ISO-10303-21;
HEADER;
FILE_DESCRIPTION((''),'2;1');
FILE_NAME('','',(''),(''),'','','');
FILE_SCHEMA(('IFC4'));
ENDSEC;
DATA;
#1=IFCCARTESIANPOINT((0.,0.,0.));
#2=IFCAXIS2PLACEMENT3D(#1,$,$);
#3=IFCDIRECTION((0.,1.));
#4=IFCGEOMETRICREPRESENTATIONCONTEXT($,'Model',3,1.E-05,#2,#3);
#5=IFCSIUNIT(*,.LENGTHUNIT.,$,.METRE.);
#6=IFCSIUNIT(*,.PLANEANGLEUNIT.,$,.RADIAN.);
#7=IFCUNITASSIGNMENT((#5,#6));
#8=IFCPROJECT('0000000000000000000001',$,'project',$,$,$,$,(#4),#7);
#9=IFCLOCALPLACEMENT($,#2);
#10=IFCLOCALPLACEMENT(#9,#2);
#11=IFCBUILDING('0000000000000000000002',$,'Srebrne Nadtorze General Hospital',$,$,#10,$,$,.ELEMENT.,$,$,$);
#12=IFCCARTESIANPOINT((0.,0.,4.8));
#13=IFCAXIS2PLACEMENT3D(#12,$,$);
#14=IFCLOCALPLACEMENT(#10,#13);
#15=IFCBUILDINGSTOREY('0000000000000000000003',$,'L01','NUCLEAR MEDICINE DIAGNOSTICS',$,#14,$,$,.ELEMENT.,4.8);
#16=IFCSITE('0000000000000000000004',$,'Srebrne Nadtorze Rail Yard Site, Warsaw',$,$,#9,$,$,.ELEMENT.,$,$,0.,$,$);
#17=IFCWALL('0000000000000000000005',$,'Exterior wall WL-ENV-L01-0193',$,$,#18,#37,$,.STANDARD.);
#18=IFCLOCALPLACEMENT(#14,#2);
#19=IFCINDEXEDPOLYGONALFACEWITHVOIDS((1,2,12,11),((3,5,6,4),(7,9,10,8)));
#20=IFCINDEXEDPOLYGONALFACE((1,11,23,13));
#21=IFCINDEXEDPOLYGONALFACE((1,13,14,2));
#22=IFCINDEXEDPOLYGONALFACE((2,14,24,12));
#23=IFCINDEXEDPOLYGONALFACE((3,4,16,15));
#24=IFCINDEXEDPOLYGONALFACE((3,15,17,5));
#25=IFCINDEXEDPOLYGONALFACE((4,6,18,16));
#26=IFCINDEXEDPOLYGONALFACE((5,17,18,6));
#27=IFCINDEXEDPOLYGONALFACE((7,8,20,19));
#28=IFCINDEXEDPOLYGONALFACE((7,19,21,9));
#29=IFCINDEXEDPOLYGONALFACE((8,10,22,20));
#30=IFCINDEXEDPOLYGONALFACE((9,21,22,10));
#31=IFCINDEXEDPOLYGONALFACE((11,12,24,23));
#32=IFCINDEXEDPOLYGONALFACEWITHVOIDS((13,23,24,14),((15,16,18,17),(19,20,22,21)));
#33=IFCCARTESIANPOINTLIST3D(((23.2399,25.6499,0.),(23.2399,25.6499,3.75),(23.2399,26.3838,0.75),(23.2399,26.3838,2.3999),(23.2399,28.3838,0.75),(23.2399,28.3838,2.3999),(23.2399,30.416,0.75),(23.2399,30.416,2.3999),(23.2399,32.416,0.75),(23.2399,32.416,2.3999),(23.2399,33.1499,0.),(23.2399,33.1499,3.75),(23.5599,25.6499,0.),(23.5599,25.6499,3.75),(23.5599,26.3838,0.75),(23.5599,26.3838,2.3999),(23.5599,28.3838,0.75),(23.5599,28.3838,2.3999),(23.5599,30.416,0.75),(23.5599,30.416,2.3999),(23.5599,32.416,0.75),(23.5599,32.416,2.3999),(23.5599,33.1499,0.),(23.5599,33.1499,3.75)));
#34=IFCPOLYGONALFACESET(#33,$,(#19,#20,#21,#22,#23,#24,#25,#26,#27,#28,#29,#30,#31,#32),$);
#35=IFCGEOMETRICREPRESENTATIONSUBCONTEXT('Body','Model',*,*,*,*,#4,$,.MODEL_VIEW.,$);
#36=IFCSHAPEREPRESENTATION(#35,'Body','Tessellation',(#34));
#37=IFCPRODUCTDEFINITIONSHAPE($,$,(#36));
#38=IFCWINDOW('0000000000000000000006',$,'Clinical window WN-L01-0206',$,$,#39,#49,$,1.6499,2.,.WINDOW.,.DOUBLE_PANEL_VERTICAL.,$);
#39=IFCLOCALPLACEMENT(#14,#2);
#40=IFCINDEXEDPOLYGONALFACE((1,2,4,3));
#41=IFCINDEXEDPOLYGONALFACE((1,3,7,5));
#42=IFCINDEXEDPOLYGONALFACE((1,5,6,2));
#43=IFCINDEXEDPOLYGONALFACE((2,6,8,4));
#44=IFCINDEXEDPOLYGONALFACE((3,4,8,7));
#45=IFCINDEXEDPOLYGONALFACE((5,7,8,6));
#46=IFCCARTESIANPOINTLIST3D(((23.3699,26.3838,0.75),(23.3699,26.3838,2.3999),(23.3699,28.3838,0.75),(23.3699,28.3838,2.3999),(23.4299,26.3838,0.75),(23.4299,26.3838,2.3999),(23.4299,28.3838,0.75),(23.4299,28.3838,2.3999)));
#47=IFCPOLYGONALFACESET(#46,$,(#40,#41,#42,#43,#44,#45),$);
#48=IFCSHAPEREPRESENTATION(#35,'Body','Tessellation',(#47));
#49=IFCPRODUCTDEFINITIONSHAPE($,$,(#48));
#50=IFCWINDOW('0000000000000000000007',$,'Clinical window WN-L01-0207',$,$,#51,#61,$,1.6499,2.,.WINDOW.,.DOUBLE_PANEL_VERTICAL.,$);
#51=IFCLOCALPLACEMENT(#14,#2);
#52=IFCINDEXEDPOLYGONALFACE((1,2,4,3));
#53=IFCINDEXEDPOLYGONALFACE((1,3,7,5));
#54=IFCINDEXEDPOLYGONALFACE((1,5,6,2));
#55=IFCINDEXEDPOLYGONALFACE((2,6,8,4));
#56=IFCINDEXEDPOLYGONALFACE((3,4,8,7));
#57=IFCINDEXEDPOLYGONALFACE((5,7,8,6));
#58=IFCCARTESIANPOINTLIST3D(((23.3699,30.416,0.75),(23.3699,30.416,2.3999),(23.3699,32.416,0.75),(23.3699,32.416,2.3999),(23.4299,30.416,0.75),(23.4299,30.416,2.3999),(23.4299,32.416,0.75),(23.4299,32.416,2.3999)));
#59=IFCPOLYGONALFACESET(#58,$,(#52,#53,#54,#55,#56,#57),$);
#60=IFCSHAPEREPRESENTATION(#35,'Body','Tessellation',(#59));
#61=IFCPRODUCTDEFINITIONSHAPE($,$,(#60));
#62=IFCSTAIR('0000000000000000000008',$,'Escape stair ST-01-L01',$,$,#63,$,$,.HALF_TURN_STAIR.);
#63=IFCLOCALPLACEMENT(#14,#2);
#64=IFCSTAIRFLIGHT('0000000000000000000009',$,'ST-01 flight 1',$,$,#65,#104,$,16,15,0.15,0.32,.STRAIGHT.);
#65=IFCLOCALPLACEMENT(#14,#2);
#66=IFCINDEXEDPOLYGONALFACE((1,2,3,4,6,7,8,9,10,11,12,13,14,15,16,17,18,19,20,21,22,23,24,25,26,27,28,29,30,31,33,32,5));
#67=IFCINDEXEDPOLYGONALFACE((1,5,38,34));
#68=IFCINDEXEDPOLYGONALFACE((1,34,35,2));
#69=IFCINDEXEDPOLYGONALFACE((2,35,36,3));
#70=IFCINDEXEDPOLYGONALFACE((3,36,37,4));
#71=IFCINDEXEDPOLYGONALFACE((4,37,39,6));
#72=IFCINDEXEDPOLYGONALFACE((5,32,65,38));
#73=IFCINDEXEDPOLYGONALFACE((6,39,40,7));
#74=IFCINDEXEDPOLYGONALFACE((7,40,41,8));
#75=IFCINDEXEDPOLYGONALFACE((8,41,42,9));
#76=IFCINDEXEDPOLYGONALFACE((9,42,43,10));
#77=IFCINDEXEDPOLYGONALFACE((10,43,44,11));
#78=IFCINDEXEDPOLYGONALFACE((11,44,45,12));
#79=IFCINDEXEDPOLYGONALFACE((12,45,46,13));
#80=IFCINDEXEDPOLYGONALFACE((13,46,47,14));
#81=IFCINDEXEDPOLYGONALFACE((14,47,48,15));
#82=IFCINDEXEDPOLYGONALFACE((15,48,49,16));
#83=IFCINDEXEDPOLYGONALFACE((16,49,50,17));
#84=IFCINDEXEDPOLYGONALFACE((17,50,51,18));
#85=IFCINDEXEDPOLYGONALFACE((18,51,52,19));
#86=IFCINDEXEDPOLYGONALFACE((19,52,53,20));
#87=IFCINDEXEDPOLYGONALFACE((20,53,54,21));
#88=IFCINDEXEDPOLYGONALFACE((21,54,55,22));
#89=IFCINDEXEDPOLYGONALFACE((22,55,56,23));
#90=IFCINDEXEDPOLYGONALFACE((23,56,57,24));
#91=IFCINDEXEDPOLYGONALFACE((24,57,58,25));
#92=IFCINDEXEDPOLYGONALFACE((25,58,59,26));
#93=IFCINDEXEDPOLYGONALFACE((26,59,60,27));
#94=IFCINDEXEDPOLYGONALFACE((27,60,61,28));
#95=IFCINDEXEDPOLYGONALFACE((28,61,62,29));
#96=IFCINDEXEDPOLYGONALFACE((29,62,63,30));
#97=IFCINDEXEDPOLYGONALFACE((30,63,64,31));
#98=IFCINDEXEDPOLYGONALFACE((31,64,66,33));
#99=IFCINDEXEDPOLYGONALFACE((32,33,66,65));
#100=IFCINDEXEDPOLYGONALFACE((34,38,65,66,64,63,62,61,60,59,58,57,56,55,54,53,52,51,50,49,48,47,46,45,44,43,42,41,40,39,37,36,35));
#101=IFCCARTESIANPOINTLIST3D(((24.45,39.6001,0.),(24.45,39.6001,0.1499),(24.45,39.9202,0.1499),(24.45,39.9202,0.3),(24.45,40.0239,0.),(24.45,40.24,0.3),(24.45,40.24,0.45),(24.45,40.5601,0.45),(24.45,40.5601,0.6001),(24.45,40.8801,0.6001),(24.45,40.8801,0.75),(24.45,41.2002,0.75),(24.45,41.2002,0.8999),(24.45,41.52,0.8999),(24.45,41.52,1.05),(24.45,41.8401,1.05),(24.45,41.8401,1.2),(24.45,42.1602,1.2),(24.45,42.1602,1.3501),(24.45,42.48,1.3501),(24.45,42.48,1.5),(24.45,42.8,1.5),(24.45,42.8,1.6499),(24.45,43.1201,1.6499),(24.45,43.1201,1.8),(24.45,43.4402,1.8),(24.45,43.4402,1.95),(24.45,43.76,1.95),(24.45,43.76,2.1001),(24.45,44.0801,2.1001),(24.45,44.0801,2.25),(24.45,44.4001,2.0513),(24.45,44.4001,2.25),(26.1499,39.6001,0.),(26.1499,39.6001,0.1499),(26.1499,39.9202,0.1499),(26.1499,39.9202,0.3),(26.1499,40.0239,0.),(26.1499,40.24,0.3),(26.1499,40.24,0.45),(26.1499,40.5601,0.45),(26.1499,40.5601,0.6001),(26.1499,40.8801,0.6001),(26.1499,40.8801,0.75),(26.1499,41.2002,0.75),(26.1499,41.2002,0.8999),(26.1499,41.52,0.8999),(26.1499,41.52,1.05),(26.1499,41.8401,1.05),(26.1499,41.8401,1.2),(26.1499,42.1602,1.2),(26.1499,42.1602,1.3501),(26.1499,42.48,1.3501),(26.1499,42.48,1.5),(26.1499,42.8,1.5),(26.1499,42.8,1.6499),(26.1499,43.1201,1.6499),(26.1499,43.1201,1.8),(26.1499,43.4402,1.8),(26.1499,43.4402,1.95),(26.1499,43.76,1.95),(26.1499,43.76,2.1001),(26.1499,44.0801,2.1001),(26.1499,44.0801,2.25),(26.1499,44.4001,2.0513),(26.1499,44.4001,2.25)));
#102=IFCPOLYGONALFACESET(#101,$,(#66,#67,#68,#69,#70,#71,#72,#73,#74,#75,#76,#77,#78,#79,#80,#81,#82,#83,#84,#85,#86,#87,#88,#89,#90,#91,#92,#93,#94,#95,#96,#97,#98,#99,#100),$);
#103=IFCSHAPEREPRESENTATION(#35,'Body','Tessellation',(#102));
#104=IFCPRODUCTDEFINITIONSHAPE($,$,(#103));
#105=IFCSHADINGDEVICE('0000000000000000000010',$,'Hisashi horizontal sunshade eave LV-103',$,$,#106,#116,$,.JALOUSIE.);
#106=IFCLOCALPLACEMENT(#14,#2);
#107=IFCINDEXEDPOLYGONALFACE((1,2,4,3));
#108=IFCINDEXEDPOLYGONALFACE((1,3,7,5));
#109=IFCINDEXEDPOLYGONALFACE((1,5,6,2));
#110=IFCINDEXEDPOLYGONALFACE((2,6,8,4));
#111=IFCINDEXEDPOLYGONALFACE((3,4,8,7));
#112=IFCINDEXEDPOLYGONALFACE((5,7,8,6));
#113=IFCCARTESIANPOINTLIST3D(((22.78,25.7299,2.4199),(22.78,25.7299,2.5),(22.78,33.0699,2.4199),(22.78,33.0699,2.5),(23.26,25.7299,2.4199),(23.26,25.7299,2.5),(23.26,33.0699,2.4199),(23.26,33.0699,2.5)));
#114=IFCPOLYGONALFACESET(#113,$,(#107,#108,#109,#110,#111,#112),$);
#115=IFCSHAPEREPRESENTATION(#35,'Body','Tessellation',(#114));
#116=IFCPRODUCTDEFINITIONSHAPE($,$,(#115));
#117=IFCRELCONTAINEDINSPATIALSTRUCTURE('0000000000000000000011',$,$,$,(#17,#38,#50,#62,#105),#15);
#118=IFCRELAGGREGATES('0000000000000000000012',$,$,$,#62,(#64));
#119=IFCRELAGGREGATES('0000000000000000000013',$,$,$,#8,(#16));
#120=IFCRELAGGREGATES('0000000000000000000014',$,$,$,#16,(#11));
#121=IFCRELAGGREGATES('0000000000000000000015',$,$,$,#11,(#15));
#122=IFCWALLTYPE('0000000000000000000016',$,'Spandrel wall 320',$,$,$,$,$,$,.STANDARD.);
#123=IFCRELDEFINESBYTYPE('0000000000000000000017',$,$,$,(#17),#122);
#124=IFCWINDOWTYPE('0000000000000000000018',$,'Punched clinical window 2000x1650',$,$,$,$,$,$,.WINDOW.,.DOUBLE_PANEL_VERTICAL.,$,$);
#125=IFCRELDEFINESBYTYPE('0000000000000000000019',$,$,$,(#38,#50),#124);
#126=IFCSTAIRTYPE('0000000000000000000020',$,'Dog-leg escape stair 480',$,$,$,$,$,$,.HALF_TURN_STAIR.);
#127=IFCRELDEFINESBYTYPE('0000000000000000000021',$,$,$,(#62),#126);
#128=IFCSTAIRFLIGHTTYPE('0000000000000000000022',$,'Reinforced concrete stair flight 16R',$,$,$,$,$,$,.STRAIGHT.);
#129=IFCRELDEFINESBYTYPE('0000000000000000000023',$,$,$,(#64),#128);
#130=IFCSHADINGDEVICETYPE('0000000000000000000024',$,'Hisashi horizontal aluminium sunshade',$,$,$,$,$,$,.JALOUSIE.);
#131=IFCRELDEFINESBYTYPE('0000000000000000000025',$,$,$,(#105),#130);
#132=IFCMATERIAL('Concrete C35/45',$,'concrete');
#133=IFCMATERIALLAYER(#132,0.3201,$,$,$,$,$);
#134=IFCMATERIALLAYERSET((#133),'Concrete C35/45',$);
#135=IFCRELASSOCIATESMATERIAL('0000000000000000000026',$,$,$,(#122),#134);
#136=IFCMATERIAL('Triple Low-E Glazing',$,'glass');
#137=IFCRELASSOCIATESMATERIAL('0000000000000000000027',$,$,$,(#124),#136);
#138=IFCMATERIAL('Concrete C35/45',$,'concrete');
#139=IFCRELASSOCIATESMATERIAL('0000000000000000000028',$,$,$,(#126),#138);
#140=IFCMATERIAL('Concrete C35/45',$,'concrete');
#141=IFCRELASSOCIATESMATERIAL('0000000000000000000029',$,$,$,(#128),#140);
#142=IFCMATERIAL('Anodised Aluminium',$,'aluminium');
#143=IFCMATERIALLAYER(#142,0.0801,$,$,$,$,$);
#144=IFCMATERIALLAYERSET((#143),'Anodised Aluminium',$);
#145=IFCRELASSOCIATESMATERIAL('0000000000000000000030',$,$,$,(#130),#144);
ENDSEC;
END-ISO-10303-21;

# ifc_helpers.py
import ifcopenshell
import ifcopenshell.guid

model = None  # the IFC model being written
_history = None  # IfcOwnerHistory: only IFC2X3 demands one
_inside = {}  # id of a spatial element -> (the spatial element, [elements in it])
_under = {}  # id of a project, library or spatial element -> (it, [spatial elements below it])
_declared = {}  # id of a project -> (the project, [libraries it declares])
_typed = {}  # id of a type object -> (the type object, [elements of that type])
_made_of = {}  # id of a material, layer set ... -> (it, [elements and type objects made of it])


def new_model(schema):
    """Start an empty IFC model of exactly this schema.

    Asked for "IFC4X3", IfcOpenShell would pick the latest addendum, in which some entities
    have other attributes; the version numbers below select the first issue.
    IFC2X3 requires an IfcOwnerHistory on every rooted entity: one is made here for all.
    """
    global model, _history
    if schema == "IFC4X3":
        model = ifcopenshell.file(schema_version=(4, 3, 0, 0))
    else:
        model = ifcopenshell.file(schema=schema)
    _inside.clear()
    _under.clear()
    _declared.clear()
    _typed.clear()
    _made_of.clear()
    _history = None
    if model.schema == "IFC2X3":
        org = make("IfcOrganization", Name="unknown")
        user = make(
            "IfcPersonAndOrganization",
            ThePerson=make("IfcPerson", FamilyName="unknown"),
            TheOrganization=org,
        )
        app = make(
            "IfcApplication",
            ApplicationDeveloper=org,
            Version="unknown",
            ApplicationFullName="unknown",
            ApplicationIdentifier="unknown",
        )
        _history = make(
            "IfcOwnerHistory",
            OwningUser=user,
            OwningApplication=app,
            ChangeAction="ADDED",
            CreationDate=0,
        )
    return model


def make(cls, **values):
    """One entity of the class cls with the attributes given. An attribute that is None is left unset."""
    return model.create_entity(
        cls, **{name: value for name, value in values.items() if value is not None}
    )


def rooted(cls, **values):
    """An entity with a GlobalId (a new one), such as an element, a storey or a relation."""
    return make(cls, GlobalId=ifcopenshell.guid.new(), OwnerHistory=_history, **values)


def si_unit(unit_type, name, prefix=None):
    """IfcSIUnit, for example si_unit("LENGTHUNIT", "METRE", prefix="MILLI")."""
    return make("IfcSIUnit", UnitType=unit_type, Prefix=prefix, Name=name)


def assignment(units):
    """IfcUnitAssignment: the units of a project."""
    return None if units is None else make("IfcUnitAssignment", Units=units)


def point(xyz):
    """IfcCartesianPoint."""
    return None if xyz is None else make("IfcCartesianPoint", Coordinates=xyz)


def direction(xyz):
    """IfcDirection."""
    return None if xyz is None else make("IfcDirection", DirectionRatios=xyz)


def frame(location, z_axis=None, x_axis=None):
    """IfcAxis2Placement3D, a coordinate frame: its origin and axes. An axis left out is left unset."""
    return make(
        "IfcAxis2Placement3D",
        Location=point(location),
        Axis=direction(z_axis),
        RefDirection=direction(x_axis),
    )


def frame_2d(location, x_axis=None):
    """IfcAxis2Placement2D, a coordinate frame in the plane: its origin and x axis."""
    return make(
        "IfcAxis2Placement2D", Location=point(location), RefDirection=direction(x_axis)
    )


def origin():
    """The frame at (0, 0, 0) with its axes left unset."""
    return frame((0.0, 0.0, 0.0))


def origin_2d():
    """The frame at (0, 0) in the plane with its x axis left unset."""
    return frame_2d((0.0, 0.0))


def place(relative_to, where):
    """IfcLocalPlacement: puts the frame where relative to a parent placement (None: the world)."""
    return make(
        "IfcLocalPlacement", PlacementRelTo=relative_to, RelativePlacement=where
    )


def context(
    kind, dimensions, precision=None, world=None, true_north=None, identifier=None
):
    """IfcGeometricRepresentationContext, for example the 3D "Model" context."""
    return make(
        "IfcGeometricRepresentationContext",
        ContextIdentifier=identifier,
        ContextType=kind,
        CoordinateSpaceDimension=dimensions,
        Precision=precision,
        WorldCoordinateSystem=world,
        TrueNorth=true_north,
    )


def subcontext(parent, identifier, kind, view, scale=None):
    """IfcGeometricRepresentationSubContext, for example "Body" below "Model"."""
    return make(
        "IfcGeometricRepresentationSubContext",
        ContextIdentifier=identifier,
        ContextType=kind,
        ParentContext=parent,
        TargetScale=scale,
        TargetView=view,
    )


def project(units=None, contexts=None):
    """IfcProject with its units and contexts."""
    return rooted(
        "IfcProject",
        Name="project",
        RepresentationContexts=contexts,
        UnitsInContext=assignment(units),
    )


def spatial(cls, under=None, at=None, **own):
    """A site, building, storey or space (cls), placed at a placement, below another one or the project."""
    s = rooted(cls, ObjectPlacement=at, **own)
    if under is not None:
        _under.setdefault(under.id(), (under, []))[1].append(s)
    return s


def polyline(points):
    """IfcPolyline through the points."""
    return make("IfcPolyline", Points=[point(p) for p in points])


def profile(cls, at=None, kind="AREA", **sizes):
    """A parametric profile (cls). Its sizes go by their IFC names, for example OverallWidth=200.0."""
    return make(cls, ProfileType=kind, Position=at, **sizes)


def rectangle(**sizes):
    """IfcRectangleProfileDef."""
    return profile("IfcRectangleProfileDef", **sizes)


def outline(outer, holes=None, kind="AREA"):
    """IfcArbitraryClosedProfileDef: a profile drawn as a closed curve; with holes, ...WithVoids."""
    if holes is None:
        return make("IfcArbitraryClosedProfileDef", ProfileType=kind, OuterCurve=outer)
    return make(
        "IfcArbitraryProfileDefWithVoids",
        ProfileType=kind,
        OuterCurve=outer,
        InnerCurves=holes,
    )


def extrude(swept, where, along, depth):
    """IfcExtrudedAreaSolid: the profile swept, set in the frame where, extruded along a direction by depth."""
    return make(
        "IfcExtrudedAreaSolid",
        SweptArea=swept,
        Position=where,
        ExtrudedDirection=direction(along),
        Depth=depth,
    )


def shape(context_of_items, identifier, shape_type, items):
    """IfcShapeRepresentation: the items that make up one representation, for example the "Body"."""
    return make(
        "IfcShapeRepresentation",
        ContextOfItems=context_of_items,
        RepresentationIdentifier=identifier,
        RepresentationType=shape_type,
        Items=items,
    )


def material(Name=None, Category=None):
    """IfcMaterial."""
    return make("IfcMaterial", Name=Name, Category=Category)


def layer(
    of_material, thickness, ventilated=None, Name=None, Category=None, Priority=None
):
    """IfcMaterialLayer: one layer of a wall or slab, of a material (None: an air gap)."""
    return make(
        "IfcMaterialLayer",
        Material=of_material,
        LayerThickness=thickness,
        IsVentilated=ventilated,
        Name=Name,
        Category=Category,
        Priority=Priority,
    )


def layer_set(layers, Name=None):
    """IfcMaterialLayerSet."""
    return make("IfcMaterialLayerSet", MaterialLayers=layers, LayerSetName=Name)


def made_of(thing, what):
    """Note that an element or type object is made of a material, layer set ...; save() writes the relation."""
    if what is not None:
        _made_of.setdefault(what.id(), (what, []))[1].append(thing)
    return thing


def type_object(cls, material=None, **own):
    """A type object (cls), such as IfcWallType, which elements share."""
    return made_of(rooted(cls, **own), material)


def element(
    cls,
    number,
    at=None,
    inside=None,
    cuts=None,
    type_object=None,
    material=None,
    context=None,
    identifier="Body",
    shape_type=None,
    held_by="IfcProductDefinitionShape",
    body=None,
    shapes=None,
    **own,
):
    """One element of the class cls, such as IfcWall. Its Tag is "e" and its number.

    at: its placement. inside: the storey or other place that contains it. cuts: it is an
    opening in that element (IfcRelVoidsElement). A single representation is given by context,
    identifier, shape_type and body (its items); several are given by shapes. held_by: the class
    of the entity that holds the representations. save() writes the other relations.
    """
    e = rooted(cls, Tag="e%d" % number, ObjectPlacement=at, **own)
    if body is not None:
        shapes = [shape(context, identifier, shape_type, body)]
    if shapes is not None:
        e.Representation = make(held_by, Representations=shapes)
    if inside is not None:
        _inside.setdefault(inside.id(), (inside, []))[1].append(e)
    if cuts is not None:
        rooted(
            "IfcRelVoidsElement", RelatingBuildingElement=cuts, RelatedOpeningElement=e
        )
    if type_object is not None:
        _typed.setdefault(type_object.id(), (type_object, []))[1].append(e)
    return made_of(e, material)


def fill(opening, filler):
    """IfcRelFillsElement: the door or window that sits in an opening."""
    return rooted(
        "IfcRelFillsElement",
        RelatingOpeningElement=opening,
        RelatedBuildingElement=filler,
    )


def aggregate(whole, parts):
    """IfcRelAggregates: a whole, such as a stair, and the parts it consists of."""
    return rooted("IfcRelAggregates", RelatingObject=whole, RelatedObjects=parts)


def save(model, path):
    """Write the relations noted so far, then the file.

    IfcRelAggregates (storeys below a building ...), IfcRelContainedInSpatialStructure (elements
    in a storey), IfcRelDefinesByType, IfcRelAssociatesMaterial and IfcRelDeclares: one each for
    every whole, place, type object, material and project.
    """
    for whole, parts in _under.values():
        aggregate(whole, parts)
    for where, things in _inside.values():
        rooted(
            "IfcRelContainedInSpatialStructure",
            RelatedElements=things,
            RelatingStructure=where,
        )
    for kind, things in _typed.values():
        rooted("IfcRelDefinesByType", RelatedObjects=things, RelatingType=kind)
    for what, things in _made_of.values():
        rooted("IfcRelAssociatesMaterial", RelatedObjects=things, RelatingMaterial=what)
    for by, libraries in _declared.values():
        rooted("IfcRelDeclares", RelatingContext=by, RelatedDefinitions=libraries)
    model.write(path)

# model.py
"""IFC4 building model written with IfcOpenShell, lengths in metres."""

from ifc_helpers import new_model, si_unit, direction, frame, frame_2d, origin, origin_2d, place, context, subcontext, project, spatial, polyline, rectangle, outline, extrude, material, layer, layer_set, type_object, element, fill, aggregate, save


model = new_model("IFC4")

# Units and contexts
model_context = context("Model", 3, precision=1e-05, world=origin(), true_north=direction((0.0, 1.0)))
body_context = subcontext(model_context, "Body", "Model", "MODEL_VIEW")
ifc_project = project(units=[si_unit("LENGTHUNIT", "METRE"), si_unit("PLANEANGLEUNIT", "RADIAN")], contexts=[model_context])

# Site, building, storey
site_placement = place(None, origin())
site = spatial("IfcSite", under=ifc_project, at=site_placement, Name="Srebrne Nadtorze Rail Yard Site, Warsaw", CompositionType="ELEMENT", RefElevation=0.0)
building_placement = place(site_placement, origin())
building = spatial("IfcBuilding", under=site, at=building_placement, Name="Srebrne Nadtorze General Hospital", CompositionType="ELEMENT")
storey_placement = place(building_placement, frame((0.0, 0.0, 4.8)))
storey = spatial("IfcBuildingStorey", under=building, at=storey_placement, Name="L01", Description="NUCLEAR MEDICINE DIAGNOSTICS", CompositionType="ELEMENT", Elevation=4.8)

# Wall, openings, windows
ifc_material_1 = material(Name="Concrete C35/45", Category="concrete")
ifc_layer_1 = layer(ifc_material_1, 0.3201)
ifc_layer_set_1 = layer_set([ifc_layer_1], Name="Concrete C35/45")
wall_type_1 = type_object("IfcWallType", Name="Spandrel wall 320", PredefinedType="STANDARD", material=ifc_layer_set_1)
wall_1_placement = place(storey_placement, frame((23.3999, 25.6499, 0.0), z_axis=(0.0, 0.0, 1.0), x_axis=(0.0, 1.0, 0.0)))
wall_1 = element("IfcWall", 1, at=wall_1_placement, inside=storey, type_object=wall_type_1, Name="Exterior wall WL-ENV-L01-0193", PredefinedType="STANDARD", context=body_context, shape_type="SweptSolid", body=[
    extrude(rectangle(XDim=7.5, YDim=0.3201, at=frame_2d((3.75, 0.0))), origin(), (0.0, 0.0, 1.0), 3.75),
])
opening_1_placement = place(wall_1_placement, frame((0.7339, 0.0, 0.75)))
opening_1 = element("IfcOpeningElement", 2, at=opening_1_placement, cuts=wall_1, PredefinedType="OPENING", context=body_context, shape_type="SweptSolid", body=[
    extrude(rectangle(XDim=2.0, YDim=1.6499, at=frame_2d((1.0, 0.825))), frame((0.0, 0.1719, 0.0), z_axis=(0.0, -1.0, 0.0), x_axis=(1.0, 0.0, 0.0)), (0.0, 0.0, 1.0), 0.344),
])
opening_2_placement = place(wall_1_placement, frame((4.7661, 0.0, 0.75)))
opening_2 = element("IfcOpeningElement", 3, at=opening_2_placement, cuts=wall_1, PredefinedType="OPENING", context=body_context, shape_type="SweptSolid", body=[
    extrude(rectangle(XDim=2.0, YDim=1.6499, at=frame_2d((1.0, 0.825))), frame((0.0, 0.1719, 0.0), z_axis=(0.0, -1.0, 0.0), x_axis=(1.0, 0.0, 0.0)), (0.0, 0.0, 1.0), 0.344),
])
ifc_material_2 = material(Name="Triple Low-E Glazing", Category="glass")
window_type = type_object("IfcWindowType", Name="Punched clinical window 2000x1650", PartitioningType="DOUBLE_PANEL_VERTICAL", PredefinedType="WINDOW", material=ifc_material_2)
window_1_placement = place(opening_1_placement, origin())
window_1 = element("IfcWindow", 4, at=window_1_placement, inside=storey, type_object=window_type, Name="Clinical window WN-L01-0206", OverallHeight=1.6499, OverallWidth=2.0, PartitioningType="DOUBLE_PANEL_VERTICAL", PredefinedType="WINDOW", context=body_context, shape_type="SweptSolid", body=[
    extrude(rectangle(XDim=2.0, YDim=1.6499, at=frame_2d((1.0, 0.825))), frame((0.0, 0.03, 0.0), z_axis=(0.0, -1.0, 0.0), x_axis=(1.0, 0.0, 0.0)), (0.0, 0.0, 1.0), 0.0601),
])
fill(opening_1, window_1)
window_2_placement = place(opening_2_placement, origin())
window_2 = element("IfcWindow", 5, at=window_2_placement, inside=storey, type_object=window_type, Name="Clinical window WN-L01-0207", OverallHeight=1.6499, OverallWidth=2.0, PartitioningType="DOUBLE_PANEL_VERTICAL", PredefinedType="WINDOW", context=body_context, shape_type="SweptSolid", body=[
    extrude(rectangle(XDim=2.0, YDim=1.6499, at=frame_2d((1.0, 0.825))), frame((0.0, 0.03, 0.0), z_axis=(0.0, -1.0, 0.0), x_axis=(1.0, 0.0, 0.0)), (0.0, 0.0, 1.0), 0.0601),
])
fill(opening_2, window_2)

# Stair, stair flight
ifc_material_3 = material(Name="Concrete C35/45", Category="concrete")
stair_type = type_object("IfcStairType", Name="Dog-leg escape stair 480", PredefinedType="HALF_TURN_STAIR", material=ifc_material_3)
stair_placement = place(storey_placement, origin())
stair = element("IfcStair", 6, at=stair_placement, inside=storey, type_object=stair_type, Name="Escape stair ST-01-L01", PredefinedType="HALF_TURN_STAIR")
ifc_material_4 = material(Name="Concrete C35/45", Category="concrete")
stair_flight_type = type_object("IfcStairFlightType", Name="Reinforced concrete stair flight 16R", PredefinedType="STRAIGHT", material=ifc_material_4)
stair_flight_placement = place(storey_placement, frame((25.3, 39.6001, 0.0), z_axis=(0.0, 0.0, 1.0), x_axis=(0.0, 1.0, 0.0)))
stair_flight = element("IfcStairFlight", 7, at=stair_flight_placement, type_object=stair_flight_type, Name="ST-01 flight 1", NumberOfRisers=16, NumberOfTreads=15, PredefinedType="STRAIGHT", RiserHeight=0.15, TreadLength=0.32, context=body_context, shape_type="SweptSolid", body=[
    extrude(outline(polyline([(0.0, 0.0), (0.0, 0.1499), (0.3201, 0.1499), (0.3201, 0.3), (0.6399, 0.3), (0.6399, 0.45), (0.96, 0.45), (0.96, 0.6001), (1.28, 0.6001), (1.28, 0.75), (1.6001, 0.75), (1.6001, 0.8999), (1.9199, 0.8999), (1.9199, 1.05), (2.24, 1.05), (2.24, 1.2), (2.5601, 1.2), (2.5601, 1.3501), (2.8799, 1.3501), (2.8799, 1.5), (3.2, 1.5), (3.2, 1.6499), (3.52, 1.6499), (3.52, 1.8), (3.8401, 1.8), (3.8401, 1.95), (4.1599, 1.95), (4.1599, 2.1001), (4.48, 2.1001), (4.48, 2.25), (4.8, 2.25), (4.8, 2.3999), (4.8, 2.0513), (0.4238, 0.0), (0.0, 0.0)])), frame((0.0, 0.8501, 0.0), z_axis=(0.0, -1.0, 0.0), x_axis=(1.0, 0.0, 0.0)), (0.0, 0.0, 1.0), 1.7),
])
aggregate(stair, [stair_flight])

# Shading device
ifc_material_5 = material(Name="Anodised Aluminium", Category="aluminium")
ifc_layer_2 = layer(ifc_material_5, 0.0801)
ifc_layer_set_2 = layer_set([ifc_layer_2], Name="Anodised Aluminium")
shading_device_type = type_object("IfcShadingDeviceType", Name="Hisashi horizontal aluminium sunshade", PredefinedType="JALOUSIE", material=ifc_layer_set_2)
shading_device_placement = place(storey_placement, frame((23.02, 29.3999, 2.4199), z_axis=(0.0, 0.0, 1.0), x_axis=(1.0, 0.0, 0.0)))
element("IfcShadingDevice", 8, at=shading_device_placement, inside=storey, type_object=shading_device_type, Name="Hisashi horizontal sunshade eave LV-103", PredefinedType="JALOUSIE", context=body_context, shape_type="SweptSolid", body=[
    extrude(rectangle(XDim=0.48, YDim=7.3401, at=origin_2d()), origin(), (0.0, 0.0, 1.0), 0.0801),
])

save(model, "model.ifc")
